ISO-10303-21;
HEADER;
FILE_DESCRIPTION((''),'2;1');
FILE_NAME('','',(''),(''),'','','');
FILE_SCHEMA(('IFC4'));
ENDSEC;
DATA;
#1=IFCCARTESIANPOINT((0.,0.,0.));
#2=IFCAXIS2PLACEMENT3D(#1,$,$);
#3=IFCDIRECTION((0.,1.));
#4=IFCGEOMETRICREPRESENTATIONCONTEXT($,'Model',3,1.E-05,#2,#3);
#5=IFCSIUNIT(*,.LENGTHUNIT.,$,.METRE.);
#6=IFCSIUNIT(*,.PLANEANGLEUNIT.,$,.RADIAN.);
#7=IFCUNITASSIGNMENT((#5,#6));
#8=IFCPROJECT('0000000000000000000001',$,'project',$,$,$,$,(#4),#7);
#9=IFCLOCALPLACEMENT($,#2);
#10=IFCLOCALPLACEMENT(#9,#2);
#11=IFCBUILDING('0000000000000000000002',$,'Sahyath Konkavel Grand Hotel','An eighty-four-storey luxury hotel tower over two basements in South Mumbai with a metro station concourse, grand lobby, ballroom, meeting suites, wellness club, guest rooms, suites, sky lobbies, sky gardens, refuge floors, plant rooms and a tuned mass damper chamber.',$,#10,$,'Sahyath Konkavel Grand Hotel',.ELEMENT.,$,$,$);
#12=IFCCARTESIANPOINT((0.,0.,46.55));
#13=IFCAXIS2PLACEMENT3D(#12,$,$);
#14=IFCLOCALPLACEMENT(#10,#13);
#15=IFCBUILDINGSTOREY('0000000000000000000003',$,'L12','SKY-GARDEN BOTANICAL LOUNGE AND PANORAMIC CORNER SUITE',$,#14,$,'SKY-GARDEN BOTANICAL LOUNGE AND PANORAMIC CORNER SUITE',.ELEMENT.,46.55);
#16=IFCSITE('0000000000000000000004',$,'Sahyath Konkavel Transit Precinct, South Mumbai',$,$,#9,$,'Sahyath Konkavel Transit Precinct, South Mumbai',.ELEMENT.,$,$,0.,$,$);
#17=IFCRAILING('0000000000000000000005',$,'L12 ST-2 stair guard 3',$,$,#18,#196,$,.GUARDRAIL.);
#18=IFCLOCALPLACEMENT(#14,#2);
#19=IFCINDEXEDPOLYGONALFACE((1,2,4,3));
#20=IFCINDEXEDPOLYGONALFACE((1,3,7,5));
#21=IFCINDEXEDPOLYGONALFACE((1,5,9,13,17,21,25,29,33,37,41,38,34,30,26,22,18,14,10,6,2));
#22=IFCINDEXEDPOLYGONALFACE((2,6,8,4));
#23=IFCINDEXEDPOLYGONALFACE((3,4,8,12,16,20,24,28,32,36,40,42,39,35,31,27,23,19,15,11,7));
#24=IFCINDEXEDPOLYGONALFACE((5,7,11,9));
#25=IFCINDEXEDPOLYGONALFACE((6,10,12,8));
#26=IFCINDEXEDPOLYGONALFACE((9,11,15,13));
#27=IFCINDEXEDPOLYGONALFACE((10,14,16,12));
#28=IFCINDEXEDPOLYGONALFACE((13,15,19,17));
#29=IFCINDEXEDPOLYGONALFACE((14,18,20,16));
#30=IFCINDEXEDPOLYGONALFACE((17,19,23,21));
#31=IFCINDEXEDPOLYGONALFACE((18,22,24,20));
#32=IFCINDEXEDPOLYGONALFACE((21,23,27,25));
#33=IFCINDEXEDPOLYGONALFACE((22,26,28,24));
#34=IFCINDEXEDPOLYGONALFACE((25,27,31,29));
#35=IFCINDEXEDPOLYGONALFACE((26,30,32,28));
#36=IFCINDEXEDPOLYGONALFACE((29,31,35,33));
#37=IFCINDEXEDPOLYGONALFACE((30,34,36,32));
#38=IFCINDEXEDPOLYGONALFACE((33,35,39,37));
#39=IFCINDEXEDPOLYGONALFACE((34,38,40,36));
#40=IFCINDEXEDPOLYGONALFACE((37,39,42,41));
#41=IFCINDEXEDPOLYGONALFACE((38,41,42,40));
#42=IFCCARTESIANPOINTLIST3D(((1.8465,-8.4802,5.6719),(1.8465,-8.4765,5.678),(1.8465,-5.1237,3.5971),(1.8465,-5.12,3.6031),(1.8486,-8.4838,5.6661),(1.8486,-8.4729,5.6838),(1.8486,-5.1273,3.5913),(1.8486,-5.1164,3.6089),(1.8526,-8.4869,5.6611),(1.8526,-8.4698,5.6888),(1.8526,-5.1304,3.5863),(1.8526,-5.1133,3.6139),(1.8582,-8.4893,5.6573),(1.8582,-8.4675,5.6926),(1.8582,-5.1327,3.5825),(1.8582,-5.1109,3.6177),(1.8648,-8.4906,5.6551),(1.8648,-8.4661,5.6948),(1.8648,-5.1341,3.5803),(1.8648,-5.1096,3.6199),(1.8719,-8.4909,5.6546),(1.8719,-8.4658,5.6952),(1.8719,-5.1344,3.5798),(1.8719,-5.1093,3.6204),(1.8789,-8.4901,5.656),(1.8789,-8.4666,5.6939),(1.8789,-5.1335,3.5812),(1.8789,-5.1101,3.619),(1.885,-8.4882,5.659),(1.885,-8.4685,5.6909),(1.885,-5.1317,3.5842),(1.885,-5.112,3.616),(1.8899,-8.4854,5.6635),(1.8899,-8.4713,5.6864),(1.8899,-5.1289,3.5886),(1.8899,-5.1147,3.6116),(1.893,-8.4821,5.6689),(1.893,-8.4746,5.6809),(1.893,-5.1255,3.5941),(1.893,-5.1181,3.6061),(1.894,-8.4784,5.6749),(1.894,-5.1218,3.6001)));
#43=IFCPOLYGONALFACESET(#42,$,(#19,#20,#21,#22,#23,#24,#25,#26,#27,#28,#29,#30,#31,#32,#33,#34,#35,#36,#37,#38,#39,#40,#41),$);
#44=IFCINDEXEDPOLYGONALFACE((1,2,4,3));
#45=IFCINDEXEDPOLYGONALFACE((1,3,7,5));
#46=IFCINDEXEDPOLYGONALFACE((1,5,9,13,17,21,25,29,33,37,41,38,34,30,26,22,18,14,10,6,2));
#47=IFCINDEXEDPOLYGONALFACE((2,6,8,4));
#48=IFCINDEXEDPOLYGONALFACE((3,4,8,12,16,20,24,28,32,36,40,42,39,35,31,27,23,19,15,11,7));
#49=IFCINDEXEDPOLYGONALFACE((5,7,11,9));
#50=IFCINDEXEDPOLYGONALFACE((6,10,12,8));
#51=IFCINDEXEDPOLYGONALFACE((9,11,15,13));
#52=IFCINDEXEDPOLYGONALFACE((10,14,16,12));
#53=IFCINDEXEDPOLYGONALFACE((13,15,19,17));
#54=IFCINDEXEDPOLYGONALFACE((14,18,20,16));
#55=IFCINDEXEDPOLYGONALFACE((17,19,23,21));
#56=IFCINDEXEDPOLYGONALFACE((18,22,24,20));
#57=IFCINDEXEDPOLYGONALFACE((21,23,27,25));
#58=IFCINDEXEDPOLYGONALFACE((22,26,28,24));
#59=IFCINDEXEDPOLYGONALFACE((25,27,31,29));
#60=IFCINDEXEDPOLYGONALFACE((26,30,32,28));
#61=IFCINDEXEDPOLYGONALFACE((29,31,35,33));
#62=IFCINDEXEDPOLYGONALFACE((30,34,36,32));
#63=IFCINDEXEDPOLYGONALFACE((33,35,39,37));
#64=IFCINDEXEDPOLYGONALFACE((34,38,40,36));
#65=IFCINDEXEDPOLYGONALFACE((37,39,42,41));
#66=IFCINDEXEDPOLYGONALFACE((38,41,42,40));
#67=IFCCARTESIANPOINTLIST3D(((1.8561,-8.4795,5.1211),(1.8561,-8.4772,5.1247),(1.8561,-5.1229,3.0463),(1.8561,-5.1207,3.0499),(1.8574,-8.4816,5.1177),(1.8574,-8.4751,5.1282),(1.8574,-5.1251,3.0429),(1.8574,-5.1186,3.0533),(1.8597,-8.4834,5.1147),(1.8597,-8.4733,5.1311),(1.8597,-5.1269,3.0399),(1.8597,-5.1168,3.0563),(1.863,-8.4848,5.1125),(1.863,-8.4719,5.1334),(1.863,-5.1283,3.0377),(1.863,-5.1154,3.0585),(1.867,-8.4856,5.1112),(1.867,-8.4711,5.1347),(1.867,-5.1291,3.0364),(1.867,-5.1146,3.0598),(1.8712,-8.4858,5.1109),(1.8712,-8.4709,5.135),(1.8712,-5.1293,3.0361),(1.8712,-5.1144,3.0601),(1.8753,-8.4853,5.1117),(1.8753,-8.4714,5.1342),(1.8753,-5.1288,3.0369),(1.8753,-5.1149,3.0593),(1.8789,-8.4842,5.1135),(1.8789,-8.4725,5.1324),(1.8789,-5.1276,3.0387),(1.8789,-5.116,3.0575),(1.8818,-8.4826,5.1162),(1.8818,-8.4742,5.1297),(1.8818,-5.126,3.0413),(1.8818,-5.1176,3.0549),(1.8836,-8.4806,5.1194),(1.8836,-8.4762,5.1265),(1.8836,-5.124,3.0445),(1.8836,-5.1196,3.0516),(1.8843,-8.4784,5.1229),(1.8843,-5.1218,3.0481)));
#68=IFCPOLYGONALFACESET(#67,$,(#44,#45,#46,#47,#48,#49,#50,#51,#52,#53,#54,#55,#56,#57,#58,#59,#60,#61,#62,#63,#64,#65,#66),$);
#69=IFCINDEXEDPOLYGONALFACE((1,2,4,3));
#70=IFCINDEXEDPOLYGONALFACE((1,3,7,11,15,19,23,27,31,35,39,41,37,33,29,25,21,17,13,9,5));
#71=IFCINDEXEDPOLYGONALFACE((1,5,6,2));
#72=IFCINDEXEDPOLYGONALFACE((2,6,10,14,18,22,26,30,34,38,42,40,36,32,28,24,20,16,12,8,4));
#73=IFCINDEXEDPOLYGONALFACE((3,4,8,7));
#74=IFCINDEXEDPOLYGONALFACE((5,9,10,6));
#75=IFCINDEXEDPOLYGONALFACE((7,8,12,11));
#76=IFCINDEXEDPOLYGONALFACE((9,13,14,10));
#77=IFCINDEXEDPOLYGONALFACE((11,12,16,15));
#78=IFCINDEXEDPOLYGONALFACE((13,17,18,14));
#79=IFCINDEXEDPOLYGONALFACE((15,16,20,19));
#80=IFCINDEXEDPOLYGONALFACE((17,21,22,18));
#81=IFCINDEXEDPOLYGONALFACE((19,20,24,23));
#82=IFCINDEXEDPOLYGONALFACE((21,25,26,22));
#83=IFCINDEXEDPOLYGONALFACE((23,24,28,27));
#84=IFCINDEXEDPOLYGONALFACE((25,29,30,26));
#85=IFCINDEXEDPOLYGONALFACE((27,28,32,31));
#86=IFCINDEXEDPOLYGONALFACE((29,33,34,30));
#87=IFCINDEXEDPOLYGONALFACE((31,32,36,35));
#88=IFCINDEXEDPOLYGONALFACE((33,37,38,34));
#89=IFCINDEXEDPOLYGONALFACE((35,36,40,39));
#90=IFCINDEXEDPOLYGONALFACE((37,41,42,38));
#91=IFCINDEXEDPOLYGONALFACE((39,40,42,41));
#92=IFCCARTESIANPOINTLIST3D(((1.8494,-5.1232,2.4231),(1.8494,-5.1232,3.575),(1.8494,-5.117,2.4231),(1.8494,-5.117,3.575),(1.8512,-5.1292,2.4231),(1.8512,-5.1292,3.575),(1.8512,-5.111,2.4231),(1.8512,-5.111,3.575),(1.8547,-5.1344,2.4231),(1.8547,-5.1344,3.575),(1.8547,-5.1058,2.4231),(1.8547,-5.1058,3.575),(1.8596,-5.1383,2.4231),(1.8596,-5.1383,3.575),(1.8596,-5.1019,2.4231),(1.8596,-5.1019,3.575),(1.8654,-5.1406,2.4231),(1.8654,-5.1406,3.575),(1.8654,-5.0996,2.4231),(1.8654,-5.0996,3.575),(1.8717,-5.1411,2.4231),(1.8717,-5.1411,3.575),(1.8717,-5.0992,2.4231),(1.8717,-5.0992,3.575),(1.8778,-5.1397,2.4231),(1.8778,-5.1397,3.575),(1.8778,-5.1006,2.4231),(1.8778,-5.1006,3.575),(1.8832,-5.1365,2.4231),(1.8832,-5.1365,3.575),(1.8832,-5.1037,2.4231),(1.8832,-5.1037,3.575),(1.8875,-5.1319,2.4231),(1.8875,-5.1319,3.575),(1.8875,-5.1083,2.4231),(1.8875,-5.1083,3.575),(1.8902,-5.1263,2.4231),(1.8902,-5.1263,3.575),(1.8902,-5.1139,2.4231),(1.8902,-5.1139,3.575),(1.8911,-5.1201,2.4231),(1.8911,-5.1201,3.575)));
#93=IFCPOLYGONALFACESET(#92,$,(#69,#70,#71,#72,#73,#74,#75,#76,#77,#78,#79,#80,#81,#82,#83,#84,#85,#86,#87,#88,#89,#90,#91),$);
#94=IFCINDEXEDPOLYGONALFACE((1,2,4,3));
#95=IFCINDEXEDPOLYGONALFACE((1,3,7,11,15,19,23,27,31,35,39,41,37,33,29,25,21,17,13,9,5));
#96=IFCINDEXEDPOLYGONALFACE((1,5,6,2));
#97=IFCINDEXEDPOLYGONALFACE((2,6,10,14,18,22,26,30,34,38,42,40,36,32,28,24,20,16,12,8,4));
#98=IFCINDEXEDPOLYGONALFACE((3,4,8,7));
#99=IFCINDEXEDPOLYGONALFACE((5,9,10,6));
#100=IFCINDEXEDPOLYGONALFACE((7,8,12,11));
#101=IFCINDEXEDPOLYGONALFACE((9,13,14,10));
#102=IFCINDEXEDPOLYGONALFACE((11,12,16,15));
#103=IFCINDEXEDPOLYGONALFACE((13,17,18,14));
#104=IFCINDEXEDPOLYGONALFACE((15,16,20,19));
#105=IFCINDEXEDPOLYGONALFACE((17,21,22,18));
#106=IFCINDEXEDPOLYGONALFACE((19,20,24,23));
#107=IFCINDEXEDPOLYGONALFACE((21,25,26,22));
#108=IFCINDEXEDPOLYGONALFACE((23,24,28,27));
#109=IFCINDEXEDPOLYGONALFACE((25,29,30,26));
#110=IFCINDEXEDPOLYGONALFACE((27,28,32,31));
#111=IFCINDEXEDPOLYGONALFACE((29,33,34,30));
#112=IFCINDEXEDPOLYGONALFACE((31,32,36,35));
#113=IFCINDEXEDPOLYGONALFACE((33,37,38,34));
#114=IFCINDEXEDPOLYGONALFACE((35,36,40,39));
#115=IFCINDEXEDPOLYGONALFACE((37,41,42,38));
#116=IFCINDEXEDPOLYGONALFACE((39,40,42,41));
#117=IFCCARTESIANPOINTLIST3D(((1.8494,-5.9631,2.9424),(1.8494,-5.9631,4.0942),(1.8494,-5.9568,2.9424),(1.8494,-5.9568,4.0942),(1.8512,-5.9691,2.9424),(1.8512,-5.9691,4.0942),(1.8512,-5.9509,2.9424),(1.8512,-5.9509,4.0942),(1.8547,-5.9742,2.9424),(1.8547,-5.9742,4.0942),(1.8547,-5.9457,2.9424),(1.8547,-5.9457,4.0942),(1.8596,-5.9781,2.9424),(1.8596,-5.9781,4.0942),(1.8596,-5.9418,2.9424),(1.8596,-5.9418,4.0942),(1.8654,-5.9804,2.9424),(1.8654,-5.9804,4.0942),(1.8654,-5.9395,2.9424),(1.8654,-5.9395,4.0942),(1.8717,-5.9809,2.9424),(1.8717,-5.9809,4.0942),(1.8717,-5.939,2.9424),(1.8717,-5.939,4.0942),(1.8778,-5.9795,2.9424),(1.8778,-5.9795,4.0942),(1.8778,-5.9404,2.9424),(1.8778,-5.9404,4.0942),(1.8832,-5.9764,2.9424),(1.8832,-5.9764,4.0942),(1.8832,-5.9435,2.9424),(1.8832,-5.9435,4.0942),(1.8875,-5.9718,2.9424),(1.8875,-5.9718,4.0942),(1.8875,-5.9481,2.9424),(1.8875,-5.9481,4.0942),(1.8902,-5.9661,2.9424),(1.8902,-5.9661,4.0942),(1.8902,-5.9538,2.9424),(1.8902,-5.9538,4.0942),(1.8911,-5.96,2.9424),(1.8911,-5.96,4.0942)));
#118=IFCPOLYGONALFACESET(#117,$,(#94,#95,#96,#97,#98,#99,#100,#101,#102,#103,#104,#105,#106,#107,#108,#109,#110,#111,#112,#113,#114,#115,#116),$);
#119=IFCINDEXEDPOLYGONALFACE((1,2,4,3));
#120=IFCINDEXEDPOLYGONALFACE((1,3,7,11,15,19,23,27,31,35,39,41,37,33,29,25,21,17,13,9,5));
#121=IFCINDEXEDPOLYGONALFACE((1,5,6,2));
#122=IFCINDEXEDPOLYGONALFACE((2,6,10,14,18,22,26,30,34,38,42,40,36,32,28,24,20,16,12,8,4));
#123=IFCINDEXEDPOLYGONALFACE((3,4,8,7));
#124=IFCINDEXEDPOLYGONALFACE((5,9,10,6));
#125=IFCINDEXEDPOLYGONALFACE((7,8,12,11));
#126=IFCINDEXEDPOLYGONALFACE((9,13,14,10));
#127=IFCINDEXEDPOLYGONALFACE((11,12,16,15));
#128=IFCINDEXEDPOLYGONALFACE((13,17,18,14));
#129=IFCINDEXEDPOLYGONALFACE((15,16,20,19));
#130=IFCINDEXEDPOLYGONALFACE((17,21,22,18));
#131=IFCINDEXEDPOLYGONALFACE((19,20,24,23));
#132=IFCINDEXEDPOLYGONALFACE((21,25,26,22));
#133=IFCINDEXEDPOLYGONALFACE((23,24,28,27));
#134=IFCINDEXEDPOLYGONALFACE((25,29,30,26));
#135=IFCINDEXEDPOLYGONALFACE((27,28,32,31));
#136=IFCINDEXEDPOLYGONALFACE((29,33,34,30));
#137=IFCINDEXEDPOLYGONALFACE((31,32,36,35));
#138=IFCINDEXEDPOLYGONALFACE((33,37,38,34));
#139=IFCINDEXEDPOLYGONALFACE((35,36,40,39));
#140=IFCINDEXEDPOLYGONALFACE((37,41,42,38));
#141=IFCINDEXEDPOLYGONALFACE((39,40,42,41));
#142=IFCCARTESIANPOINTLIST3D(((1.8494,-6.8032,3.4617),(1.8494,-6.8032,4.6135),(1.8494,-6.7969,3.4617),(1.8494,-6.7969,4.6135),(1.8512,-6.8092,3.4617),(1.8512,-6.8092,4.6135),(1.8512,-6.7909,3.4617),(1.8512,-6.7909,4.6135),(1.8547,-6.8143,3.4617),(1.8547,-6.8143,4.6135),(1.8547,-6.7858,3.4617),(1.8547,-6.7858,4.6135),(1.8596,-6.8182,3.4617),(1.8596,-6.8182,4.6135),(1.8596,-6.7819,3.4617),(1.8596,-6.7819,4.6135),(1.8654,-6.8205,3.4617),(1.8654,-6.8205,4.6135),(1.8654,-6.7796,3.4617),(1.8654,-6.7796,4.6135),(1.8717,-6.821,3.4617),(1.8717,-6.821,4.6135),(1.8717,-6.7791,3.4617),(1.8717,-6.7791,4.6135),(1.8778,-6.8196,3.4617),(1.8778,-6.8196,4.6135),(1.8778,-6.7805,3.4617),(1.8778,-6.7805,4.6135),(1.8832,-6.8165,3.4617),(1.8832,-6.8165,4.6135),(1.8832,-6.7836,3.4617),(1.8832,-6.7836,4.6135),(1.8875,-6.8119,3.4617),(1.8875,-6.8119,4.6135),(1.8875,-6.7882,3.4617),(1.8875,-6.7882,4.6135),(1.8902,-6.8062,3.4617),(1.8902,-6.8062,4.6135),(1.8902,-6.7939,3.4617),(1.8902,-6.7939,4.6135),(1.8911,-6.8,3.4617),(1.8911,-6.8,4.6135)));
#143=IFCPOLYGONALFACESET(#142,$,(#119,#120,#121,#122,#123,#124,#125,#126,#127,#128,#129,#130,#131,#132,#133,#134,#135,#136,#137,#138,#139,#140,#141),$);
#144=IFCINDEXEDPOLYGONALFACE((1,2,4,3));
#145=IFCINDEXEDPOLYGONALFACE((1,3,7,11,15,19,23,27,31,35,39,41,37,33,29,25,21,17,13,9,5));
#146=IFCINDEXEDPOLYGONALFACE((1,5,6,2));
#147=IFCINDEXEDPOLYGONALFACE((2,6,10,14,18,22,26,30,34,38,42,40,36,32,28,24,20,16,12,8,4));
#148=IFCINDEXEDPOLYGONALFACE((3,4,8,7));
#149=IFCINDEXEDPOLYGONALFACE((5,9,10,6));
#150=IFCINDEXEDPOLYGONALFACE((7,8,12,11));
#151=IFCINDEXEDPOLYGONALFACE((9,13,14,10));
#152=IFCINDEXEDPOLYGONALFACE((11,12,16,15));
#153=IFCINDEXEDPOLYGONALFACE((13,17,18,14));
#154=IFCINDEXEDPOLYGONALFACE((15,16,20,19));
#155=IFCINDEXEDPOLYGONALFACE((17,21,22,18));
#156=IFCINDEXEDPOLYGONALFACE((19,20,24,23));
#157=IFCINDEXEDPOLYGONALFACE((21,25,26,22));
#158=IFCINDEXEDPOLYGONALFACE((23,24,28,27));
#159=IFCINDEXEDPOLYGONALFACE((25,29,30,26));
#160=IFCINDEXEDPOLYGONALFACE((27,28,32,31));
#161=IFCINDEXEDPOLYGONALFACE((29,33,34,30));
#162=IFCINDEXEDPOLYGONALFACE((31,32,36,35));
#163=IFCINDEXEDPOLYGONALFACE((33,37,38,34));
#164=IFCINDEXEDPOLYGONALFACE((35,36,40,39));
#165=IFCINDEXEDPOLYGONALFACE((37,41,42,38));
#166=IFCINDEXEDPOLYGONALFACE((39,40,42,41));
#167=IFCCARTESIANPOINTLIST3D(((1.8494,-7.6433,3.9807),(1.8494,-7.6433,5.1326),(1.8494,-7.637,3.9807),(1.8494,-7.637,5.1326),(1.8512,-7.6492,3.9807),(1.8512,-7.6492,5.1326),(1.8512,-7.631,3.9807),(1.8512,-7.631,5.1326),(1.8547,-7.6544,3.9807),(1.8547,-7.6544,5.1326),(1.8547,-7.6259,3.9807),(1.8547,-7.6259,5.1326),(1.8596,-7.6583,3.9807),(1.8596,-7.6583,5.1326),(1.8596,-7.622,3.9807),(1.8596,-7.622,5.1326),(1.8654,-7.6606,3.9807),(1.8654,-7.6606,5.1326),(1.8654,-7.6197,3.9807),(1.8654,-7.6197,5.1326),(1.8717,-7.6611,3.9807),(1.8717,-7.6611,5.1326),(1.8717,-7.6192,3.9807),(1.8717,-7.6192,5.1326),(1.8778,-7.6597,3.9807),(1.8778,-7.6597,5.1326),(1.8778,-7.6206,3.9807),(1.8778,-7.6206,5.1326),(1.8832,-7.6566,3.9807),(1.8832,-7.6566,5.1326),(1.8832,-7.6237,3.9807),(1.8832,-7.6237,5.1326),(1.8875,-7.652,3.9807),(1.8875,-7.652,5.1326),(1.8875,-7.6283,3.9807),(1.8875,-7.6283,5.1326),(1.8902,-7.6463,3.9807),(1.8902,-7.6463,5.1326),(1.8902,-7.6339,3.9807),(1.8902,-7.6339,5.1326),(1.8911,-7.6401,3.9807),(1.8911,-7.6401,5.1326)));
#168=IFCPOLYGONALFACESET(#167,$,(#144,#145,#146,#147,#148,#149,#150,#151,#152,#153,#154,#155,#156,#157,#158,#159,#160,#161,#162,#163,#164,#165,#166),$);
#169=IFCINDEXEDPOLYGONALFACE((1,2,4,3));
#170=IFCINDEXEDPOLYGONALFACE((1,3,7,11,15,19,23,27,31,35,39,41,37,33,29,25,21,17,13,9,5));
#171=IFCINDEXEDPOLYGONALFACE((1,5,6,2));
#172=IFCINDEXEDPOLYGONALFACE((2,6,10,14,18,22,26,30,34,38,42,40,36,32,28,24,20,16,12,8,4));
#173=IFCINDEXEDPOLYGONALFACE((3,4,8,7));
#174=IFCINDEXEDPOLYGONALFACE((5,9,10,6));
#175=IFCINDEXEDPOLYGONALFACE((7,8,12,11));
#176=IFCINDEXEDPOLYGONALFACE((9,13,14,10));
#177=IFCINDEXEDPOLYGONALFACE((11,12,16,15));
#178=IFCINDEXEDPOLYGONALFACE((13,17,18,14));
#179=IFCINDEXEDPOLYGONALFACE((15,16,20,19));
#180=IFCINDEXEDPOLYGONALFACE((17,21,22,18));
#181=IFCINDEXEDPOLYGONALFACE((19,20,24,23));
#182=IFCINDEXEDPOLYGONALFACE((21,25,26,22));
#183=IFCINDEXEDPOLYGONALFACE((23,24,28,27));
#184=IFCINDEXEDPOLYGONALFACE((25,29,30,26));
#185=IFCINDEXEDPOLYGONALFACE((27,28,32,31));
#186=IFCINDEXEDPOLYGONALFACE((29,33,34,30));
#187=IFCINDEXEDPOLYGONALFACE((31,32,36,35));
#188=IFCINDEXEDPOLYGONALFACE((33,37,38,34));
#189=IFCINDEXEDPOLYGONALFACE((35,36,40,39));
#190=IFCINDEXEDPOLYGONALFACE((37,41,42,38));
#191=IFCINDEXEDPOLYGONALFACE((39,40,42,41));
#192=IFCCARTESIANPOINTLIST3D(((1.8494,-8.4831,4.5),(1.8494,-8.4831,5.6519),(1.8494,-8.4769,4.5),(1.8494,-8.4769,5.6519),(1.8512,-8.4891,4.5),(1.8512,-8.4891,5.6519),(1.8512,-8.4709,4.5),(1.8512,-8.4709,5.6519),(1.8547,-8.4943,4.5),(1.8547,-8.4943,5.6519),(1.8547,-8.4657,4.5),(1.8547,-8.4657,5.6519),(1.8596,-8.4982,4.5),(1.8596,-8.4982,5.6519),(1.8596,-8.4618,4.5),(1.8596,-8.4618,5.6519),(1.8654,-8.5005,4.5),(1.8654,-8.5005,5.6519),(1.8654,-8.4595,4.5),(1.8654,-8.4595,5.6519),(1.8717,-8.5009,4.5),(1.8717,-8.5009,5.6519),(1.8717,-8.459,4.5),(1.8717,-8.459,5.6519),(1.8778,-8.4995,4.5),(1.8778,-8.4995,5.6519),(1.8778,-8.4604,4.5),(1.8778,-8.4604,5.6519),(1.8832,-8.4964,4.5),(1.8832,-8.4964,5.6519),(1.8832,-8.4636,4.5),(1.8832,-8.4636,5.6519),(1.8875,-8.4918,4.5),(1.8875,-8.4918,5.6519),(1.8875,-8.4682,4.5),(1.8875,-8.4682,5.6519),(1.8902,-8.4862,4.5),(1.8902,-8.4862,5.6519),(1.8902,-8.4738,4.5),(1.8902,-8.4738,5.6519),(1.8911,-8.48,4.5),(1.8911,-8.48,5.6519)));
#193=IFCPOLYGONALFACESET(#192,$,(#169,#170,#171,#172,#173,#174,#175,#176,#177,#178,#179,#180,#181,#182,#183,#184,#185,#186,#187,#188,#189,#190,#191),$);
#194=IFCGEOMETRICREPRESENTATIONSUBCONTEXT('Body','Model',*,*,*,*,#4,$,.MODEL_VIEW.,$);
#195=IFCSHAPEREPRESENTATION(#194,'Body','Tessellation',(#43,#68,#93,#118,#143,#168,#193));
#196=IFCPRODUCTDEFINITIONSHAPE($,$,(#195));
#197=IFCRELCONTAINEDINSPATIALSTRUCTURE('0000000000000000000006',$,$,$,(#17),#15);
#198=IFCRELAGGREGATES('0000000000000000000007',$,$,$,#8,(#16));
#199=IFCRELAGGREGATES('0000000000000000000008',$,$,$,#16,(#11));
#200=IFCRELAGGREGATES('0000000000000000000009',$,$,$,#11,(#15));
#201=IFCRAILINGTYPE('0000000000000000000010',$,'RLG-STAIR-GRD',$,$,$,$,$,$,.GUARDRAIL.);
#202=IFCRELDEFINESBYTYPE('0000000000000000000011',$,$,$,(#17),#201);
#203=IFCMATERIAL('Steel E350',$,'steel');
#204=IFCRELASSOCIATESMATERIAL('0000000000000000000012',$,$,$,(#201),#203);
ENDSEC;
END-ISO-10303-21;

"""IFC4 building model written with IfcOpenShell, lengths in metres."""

from ifc_helpers import new_model, si_unit, direction, frame, origin, origin_2d, place, context, subcontext, project, spatial, circle, extrude, material, type_object, element, save


model = new_model("IFC4")

# Units and contexts
model_context = context("Model", 3, precision=1e-05, world=origin(), true_north=direction((0.0, 1.0)))
body_context = subcontext(model_context, "Body", "Model", "MODEL_VIEW")
ifc_project = project(units=[si_unit("LENGTHUNIT", "METRE"), si_unit("PLANEANGLEUNIT", "RADIAN")], contexts=[model_context])

# Site, building, storey
site_placement = place(None, origin())
site = spatial("IfcSite", under=ifc_project, at=site_placement, Name="Sahyath Konkavel Transit Precinct, South Mumbai", LongName="Sahyath Konkavel Transit Precinct, South Mumbai", CompositionType="ELEMENT", RefElevation=0.0)
building_placement = place(site_placement, origin())
building = spatial("IfcBuilding", under=site, at=building_placement, Name="Sahyath Konkavel Grand Hotel", Description="An eighty-four-storey luxury hotel tower over two basements in South Mumbai with a metro station concourse, grand lobby, ballroom, meeting suites, wellness club, guest rooms, suites, sky lobbies, sky gardens, refuge floors, plant rooms and a tuned mass damper chamber.", LongName="Sahyath Konkavel Grand Hotel", CompositionType="ELEMENT")
storey_placement = place(building_placement, frame((0.0, 0.0, 46.55)))
storey = spatial("IfcBuildingStorey", under=building, at=storey_placement, Name="L12", Description="SKY-GARDEN BOTANICAL LOUNGE AND PANORAMIC CORNER SUITE", LongName="SKY-GARDEN BOTANICAL LOUNGE AND PANORAMIC CORNER SUITE", CompositionType="ELEMENT", Elevation=46.55)

# Shared definitions
ifc_material_1 = material(Name="Steel E350", Category="steel")

# Railing
railing_type_1 = type_object("IfcRailingType", Name="RLG-STAIR-GRD", PredefinedType="GUARDRAIL", material=ifc_material_1)
railing_1_placement = place(storey_placement, frame((1.8701, -5.1201, 2.4231)))
element("IfcRailing", 1, at=railing_1_placement, inside=storey, type_object=railing_type_1, Name="L12 ST-2 stair guard 3", PredefinedType="GUARDRAIL", context=body_context, shape_type="SweptSolid", body=[
    extrude(circle(Radius=0.0239, at=origin_2d()), frame((0.0, -0.0017, 1.177), z_axis=(0.0, -0.850606, 0.525803), x_axis=(1.0, 0.0, 0.0)), (0.0, 0.0, 1.0), 3.946),
    extrude(circle(Radius=0.0142, at=origin_2d()), frame((0.0, -0.0017, 0.625), z_axis=(0.0, -0.850606, 0.525803), x_axis=(1.0, 0.0, 0.0)), (0.0, 0.0, 1.0), 3.946),
    extrude(circle(Radius=0.021, at=origin_2d()), origin(), (0.0, 0.0, 1.0), 1.1519),
    extrude(circle(Radius=0.021, at=origin_2d()), frame((0.0, -0.8398, 0.5193)), (0.0, 0.0, 1.0), 1.1519),
    extrude(circle(Radius=0.021, at=origin_2d()), frame((0.0, -1.6799, 1.0386)), (0.0, 0.0, 1.0), 1.1519),
    extrude(circle(Radius=0.021, at=origin_2d()), frame((0.0, -2.52, 1.5576)), (0.0, 0.0, 1.0), 1.1519),
    extrude(circle(Radius=0.021, at=origin_2d()), frame((0.0, -3.3599, 2.0769)), (0.0, 0.0, 1.0), 1.1519),
])

save(model, "model.ifc")
